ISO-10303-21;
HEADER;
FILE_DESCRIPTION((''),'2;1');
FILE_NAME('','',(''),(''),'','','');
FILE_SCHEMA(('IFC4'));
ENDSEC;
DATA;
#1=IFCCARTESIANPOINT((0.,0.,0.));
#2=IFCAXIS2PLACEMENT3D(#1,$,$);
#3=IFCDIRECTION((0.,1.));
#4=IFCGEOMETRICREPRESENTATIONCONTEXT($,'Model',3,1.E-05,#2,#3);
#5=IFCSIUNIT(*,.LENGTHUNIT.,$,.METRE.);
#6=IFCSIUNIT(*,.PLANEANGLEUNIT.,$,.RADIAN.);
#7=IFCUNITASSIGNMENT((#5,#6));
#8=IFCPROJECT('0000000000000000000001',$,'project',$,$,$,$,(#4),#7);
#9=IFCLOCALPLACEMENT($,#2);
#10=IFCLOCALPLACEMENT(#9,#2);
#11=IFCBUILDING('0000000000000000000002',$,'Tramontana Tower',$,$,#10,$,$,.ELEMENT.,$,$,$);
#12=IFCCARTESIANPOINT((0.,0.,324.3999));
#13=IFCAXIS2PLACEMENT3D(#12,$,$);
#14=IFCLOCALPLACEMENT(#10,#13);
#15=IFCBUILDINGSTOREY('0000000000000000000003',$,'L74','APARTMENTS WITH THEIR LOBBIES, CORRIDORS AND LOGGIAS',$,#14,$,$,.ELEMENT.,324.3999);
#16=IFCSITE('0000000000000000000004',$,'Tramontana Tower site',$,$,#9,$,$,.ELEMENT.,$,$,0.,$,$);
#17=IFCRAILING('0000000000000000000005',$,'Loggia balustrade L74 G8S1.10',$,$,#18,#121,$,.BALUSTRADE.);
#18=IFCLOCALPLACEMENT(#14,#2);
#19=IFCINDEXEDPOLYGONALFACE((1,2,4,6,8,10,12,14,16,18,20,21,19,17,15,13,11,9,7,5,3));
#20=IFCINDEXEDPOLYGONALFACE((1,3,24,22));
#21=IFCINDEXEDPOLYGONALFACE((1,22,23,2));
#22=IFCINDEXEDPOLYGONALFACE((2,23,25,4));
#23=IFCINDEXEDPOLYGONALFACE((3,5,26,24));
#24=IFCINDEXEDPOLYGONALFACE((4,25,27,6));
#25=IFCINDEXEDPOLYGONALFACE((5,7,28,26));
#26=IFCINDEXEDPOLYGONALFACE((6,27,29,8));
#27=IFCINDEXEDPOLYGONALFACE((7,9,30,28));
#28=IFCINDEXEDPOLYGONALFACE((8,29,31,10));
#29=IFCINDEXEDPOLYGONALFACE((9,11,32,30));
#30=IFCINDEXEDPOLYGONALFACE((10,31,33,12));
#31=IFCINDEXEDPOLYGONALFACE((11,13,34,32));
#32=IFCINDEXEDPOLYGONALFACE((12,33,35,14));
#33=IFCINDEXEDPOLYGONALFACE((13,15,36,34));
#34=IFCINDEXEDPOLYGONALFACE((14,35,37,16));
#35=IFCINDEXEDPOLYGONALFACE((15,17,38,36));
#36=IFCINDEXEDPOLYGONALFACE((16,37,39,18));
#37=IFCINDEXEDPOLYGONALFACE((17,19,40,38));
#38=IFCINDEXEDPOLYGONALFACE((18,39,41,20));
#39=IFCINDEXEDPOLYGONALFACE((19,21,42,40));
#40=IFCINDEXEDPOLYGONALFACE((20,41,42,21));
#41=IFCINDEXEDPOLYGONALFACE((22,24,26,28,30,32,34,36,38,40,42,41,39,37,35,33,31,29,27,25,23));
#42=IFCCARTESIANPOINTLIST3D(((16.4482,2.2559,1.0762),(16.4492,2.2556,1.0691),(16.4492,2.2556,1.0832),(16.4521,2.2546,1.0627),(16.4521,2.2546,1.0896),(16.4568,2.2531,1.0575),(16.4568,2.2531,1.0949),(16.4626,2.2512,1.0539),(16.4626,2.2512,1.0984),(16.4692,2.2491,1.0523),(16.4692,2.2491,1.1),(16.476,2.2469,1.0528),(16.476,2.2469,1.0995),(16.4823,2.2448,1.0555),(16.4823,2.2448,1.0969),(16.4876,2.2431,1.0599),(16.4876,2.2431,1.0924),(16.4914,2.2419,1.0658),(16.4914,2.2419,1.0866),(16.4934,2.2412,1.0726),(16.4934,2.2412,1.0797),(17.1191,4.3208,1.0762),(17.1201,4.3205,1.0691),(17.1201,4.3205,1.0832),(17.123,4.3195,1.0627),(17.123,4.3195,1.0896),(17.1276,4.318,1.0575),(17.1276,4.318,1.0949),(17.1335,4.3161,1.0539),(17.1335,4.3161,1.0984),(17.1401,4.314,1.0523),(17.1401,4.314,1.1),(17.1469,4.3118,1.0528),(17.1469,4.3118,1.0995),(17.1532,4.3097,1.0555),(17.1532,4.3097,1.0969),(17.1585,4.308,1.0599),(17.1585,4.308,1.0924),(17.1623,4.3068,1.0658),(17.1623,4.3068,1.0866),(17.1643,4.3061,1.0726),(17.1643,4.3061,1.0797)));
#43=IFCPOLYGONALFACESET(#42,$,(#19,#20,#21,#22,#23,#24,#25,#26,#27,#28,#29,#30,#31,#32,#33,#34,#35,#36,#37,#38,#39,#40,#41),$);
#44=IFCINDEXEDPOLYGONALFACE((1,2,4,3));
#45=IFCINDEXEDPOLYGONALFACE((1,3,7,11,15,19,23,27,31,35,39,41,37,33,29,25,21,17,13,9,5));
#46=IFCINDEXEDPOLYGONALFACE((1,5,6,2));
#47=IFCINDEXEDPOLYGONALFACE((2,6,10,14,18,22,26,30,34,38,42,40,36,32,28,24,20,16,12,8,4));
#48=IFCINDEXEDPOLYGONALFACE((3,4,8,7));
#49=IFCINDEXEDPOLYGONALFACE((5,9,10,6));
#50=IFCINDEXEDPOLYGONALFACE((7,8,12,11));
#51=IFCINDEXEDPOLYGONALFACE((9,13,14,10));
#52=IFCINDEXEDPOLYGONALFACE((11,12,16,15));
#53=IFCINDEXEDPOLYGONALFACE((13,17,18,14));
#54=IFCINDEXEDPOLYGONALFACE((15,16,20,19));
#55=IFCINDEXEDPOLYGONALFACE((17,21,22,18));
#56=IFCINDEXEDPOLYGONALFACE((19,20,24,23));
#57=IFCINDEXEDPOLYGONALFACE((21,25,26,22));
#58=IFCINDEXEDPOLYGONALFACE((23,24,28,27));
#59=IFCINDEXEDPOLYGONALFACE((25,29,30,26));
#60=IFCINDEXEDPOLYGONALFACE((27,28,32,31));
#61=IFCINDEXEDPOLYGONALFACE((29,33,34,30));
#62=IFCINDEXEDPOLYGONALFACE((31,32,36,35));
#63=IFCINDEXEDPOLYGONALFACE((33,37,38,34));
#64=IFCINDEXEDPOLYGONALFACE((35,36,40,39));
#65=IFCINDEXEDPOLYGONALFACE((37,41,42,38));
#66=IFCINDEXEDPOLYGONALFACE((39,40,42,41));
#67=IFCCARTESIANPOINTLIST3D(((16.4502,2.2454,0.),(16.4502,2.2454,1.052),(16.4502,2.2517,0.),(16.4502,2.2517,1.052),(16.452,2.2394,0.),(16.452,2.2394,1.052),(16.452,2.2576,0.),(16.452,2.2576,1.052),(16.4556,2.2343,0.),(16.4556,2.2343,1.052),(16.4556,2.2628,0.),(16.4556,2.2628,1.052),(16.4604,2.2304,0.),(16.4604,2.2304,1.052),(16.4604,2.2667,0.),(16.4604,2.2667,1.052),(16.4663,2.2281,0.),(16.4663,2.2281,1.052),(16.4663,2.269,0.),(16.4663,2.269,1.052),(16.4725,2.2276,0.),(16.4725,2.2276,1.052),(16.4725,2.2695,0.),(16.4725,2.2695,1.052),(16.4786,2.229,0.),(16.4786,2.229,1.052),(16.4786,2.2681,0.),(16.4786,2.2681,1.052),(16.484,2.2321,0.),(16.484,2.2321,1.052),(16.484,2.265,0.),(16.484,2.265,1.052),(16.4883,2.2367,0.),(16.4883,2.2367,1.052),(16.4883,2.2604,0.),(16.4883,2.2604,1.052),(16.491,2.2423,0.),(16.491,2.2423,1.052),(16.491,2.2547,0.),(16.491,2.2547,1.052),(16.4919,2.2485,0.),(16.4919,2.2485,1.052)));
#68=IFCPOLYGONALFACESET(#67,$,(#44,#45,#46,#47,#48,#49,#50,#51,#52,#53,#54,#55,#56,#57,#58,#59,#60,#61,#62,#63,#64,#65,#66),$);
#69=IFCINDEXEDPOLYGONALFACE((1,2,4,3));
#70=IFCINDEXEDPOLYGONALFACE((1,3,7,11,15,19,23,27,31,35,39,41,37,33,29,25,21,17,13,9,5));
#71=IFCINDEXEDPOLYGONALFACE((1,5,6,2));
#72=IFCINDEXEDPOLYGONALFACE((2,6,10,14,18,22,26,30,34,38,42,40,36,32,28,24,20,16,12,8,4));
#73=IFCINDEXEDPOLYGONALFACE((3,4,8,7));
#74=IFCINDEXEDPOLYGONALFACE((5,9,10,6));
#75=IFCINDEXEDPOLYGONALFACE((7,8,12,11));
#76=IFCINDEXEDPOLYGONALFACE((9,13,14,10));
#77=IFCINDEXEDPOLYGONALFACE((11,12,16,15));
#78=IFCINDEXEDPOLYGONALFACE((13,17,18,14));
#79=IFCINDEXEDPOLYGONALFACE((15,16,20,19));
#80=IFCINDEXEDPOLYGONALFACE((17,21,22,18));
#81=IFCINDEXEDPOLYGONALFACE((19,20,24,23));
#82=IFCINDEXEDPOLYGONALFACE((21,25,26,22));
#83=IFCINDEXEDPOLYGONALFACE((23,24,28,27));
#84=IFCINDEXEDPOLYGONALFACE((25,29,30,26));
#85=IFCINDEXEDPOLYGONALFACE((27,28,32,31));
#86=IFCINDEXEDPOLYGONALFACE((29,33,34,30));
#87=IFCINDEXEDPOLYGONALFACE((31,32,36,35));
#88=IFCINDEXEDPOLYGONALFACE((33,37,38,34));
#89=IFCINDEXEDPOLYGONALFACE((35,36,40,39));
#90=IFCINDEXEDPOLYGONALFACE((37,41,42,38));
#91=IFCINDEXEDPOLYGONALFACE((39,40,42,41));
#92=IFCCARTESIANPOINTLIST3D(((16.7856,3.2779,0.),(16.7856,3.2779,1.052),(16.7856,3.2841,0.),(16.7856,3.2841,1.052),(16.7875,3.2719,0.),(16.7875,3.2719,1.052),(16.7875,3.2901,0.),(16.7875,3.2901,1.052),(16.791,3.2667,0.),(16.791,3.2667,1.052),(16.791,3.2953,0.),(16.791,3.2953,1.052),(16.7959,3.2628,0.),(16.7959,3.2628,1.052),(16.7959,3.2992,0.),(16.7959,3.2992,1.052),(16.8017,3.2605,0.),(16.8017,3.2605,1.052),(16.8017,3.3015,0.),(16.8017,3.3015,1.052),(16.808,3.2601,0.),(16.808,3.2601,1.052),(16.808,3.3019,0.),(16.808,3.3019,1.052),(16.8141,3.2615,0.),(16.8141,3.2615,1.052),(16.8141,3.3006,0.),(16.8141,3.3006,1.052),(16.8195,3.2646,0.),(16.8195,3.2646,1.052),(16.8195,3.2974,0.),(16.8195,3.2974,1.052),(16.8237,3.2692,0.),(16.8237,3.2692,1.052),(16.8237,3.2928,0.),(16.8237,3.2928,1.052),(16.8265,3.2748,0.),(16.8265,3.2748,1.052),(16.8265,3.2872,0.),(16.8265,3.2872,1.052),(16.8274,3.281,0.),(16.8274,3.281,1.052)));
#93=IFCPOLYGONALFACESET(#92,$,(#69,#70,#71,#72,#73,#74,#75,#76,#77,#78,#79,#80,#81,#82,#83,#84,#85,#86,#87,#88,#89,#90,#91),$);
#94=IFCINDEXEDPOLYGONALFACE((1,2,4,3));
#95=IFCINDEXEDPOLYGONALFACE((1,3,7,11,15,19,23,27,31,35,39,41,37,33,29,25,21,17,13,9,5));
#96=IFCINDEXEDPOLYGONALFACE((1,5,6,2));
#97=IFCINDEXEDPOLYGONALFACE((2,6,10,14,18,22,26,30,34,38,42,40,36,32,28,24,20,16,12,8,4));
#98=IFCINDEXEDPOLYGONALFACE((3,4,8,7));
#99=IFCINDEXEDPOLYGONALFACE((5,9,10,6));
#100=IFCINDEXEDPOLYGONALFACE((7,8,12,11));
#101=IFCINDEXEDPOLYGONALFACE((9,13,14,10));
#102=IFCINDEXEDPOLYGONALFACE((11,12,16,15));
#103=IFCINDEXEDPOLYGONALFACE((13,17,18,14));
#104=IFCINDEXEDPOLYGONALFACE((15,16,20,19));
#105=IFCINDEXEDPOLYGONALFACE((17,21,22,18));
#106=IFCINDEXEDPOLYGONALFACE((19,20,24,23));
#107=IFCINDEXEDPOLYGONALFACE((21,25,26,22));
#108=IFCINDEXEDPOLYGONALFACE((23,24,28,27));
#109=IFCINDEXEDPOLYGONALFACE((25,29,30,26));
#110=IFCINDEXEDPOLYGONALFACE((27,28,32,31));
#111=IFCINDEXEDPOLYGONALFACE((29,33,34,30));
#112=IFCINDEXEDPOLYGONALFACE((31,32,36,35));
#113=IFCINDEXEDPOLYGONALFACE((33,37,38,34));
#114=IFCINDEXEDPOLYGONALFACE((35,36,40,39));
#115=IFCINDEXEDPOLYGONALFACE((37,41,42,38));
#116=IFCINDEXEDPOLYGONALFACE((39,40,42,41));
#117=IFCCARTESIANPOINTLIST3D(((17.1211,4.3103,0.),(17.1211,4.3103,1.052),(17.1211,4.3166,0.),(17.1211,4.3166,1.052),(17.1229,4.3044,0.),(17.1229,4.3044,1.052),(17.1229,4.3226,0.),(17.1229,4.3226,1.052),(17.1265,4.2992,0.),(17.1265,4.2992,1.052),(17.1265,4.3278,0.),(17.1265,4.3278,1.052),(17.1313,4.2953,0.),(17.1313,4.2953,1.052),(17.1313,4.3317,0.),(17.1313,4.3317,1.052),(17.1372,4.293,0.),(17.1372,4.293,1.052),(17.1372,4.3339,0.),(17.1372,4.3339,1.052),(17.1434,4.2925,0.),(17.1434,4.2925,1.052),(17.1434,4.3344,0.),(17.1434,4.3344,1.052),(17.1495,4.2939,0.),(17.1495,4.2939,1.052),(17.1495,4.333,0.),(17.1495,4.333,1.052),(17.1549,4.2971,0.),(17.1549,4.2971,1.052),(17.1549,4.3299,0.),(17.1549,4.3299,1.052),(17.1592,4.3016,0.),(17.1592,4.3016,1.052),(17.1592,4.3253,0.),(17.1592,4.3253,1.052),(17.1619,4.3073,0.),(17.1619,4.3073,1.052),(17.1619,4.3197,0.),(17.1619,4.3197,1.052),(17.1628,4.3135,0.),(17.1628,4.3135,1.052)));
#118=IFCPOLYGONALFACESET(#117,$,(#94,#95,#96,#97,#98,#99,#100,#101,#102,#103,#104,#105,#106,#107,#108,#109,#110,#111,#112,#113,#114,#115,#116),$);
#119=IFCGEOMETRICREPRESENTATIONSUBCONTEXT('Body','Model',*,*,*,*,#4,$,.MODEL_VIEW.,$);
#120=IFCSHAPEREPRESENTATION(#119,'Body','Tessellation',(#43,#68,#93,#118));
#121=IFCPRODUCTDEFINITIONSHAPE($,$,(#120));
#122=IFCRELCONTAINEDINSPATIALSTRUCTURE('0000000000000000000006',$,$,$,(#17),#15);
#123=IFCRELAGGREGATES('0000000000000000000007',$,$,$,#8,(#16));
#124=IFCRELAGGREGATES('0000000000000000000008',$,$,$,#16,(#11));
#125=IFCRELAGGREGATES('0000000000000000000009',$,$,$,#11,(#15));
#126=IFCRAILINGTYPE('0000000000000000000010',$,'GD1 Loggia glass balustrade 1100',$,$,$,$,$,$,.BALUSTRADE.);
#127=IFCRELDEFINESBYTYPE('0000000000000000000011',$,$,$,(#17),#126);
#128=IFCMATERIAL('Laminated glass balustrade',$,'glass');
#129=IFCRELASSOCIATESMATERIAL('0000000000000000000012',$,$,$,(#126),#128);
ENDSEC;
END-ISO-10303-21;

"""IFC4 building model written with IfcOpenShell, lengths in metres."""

from ifc_helpers import new_model, si_unit, direction, frame, origin, origin_2d, place, context, subcontext, project, spatial, circle, extrude, material, type_object, element, save


model = new_model("IFC4")

# Units and contexts
model_context = context("Model", 3, precision=1e-05, world=origin(), true_north=direction((0.0, 1.0)))
body_context = subcontext(model_context, "Body", "Model", "MODEL_VIEW")
ifc_project = project(units=[si_unit("LENGTHUNIT", "METRE"), si_unit("PLANEANGLEUNIT", "RADIAN")], contexts=[model_context])

# Site, building, storey
site_placement = place(None, origin())
site = spatial("IfcSite", under=ifc_project, at=site_placement, Name="Tramontana Tower site", CompositionType="ELEMENT", RefElevation=0.0)
building_placement = place(site_placement, origin())
building = spatial("IfcBuilding", under=site, at=building_placement, Name="Tramontana Tower", CompositionType="ELEMENT")
storey_placement = place(building_placement, frame((0.0, 0.0, 324.3999)))
storey = spatial("IfcBuildingStorey", under=building, at=storey_placement, Name="L74", Description="APARTMENTS WITH THEIR LOBBIES, CORRIDORS AND LOGGIAS", CompositionType="ELEMENT", Elevation=324.3999)

# Railing
ifc_material_1 = material(Name="Laminated glass balustrade", Category="glass")
railing_type = type_object("IfcRailingType", Name="GD1 Loggia glass balustrade 1100", PredefinedType="BALUSTRADE", material=ifc_material_1)
railing_1_placement = place(storey_placement, frame((16.4709, 2.2485, 0.0)))
element("IfcRailing", 1, at=railing_1_placement, inside=storey, type_object=railing_type, Name="Loggia balustrade L74 G8S1.10", PredefinedType="BALUSTRADE", context=body_context, shape_type="SweptSolid", body=[
    extrude(circle(Radius=0.0239, at=origin_2d()), frame((0.0, 0.0, 1.0762), z_axis=(0.309, 0.951062, 0.0), x_axis=(-0.951062, 0.309, 0.0)), (0.0, 0.0, 1.0), 2.1711),
    extrude(circle(Radius=0.021, at=origin_2d()), origin(), (0.0, 0.0, 1.0), 1.052),
    extrude(circle(Radius=0.021, at=origin_2d()), frame((0.3354, 1.0325, 0.0)), (0.0, 0.0, 1.0), 1.052),
    extrude(circle(Radius=0.021, at=origin_2d()), frame((0.6709, 2.0649, 0.0)), (0.0, 0.0, 1.0), 1.052),
])

save(model, "model.ifc")
